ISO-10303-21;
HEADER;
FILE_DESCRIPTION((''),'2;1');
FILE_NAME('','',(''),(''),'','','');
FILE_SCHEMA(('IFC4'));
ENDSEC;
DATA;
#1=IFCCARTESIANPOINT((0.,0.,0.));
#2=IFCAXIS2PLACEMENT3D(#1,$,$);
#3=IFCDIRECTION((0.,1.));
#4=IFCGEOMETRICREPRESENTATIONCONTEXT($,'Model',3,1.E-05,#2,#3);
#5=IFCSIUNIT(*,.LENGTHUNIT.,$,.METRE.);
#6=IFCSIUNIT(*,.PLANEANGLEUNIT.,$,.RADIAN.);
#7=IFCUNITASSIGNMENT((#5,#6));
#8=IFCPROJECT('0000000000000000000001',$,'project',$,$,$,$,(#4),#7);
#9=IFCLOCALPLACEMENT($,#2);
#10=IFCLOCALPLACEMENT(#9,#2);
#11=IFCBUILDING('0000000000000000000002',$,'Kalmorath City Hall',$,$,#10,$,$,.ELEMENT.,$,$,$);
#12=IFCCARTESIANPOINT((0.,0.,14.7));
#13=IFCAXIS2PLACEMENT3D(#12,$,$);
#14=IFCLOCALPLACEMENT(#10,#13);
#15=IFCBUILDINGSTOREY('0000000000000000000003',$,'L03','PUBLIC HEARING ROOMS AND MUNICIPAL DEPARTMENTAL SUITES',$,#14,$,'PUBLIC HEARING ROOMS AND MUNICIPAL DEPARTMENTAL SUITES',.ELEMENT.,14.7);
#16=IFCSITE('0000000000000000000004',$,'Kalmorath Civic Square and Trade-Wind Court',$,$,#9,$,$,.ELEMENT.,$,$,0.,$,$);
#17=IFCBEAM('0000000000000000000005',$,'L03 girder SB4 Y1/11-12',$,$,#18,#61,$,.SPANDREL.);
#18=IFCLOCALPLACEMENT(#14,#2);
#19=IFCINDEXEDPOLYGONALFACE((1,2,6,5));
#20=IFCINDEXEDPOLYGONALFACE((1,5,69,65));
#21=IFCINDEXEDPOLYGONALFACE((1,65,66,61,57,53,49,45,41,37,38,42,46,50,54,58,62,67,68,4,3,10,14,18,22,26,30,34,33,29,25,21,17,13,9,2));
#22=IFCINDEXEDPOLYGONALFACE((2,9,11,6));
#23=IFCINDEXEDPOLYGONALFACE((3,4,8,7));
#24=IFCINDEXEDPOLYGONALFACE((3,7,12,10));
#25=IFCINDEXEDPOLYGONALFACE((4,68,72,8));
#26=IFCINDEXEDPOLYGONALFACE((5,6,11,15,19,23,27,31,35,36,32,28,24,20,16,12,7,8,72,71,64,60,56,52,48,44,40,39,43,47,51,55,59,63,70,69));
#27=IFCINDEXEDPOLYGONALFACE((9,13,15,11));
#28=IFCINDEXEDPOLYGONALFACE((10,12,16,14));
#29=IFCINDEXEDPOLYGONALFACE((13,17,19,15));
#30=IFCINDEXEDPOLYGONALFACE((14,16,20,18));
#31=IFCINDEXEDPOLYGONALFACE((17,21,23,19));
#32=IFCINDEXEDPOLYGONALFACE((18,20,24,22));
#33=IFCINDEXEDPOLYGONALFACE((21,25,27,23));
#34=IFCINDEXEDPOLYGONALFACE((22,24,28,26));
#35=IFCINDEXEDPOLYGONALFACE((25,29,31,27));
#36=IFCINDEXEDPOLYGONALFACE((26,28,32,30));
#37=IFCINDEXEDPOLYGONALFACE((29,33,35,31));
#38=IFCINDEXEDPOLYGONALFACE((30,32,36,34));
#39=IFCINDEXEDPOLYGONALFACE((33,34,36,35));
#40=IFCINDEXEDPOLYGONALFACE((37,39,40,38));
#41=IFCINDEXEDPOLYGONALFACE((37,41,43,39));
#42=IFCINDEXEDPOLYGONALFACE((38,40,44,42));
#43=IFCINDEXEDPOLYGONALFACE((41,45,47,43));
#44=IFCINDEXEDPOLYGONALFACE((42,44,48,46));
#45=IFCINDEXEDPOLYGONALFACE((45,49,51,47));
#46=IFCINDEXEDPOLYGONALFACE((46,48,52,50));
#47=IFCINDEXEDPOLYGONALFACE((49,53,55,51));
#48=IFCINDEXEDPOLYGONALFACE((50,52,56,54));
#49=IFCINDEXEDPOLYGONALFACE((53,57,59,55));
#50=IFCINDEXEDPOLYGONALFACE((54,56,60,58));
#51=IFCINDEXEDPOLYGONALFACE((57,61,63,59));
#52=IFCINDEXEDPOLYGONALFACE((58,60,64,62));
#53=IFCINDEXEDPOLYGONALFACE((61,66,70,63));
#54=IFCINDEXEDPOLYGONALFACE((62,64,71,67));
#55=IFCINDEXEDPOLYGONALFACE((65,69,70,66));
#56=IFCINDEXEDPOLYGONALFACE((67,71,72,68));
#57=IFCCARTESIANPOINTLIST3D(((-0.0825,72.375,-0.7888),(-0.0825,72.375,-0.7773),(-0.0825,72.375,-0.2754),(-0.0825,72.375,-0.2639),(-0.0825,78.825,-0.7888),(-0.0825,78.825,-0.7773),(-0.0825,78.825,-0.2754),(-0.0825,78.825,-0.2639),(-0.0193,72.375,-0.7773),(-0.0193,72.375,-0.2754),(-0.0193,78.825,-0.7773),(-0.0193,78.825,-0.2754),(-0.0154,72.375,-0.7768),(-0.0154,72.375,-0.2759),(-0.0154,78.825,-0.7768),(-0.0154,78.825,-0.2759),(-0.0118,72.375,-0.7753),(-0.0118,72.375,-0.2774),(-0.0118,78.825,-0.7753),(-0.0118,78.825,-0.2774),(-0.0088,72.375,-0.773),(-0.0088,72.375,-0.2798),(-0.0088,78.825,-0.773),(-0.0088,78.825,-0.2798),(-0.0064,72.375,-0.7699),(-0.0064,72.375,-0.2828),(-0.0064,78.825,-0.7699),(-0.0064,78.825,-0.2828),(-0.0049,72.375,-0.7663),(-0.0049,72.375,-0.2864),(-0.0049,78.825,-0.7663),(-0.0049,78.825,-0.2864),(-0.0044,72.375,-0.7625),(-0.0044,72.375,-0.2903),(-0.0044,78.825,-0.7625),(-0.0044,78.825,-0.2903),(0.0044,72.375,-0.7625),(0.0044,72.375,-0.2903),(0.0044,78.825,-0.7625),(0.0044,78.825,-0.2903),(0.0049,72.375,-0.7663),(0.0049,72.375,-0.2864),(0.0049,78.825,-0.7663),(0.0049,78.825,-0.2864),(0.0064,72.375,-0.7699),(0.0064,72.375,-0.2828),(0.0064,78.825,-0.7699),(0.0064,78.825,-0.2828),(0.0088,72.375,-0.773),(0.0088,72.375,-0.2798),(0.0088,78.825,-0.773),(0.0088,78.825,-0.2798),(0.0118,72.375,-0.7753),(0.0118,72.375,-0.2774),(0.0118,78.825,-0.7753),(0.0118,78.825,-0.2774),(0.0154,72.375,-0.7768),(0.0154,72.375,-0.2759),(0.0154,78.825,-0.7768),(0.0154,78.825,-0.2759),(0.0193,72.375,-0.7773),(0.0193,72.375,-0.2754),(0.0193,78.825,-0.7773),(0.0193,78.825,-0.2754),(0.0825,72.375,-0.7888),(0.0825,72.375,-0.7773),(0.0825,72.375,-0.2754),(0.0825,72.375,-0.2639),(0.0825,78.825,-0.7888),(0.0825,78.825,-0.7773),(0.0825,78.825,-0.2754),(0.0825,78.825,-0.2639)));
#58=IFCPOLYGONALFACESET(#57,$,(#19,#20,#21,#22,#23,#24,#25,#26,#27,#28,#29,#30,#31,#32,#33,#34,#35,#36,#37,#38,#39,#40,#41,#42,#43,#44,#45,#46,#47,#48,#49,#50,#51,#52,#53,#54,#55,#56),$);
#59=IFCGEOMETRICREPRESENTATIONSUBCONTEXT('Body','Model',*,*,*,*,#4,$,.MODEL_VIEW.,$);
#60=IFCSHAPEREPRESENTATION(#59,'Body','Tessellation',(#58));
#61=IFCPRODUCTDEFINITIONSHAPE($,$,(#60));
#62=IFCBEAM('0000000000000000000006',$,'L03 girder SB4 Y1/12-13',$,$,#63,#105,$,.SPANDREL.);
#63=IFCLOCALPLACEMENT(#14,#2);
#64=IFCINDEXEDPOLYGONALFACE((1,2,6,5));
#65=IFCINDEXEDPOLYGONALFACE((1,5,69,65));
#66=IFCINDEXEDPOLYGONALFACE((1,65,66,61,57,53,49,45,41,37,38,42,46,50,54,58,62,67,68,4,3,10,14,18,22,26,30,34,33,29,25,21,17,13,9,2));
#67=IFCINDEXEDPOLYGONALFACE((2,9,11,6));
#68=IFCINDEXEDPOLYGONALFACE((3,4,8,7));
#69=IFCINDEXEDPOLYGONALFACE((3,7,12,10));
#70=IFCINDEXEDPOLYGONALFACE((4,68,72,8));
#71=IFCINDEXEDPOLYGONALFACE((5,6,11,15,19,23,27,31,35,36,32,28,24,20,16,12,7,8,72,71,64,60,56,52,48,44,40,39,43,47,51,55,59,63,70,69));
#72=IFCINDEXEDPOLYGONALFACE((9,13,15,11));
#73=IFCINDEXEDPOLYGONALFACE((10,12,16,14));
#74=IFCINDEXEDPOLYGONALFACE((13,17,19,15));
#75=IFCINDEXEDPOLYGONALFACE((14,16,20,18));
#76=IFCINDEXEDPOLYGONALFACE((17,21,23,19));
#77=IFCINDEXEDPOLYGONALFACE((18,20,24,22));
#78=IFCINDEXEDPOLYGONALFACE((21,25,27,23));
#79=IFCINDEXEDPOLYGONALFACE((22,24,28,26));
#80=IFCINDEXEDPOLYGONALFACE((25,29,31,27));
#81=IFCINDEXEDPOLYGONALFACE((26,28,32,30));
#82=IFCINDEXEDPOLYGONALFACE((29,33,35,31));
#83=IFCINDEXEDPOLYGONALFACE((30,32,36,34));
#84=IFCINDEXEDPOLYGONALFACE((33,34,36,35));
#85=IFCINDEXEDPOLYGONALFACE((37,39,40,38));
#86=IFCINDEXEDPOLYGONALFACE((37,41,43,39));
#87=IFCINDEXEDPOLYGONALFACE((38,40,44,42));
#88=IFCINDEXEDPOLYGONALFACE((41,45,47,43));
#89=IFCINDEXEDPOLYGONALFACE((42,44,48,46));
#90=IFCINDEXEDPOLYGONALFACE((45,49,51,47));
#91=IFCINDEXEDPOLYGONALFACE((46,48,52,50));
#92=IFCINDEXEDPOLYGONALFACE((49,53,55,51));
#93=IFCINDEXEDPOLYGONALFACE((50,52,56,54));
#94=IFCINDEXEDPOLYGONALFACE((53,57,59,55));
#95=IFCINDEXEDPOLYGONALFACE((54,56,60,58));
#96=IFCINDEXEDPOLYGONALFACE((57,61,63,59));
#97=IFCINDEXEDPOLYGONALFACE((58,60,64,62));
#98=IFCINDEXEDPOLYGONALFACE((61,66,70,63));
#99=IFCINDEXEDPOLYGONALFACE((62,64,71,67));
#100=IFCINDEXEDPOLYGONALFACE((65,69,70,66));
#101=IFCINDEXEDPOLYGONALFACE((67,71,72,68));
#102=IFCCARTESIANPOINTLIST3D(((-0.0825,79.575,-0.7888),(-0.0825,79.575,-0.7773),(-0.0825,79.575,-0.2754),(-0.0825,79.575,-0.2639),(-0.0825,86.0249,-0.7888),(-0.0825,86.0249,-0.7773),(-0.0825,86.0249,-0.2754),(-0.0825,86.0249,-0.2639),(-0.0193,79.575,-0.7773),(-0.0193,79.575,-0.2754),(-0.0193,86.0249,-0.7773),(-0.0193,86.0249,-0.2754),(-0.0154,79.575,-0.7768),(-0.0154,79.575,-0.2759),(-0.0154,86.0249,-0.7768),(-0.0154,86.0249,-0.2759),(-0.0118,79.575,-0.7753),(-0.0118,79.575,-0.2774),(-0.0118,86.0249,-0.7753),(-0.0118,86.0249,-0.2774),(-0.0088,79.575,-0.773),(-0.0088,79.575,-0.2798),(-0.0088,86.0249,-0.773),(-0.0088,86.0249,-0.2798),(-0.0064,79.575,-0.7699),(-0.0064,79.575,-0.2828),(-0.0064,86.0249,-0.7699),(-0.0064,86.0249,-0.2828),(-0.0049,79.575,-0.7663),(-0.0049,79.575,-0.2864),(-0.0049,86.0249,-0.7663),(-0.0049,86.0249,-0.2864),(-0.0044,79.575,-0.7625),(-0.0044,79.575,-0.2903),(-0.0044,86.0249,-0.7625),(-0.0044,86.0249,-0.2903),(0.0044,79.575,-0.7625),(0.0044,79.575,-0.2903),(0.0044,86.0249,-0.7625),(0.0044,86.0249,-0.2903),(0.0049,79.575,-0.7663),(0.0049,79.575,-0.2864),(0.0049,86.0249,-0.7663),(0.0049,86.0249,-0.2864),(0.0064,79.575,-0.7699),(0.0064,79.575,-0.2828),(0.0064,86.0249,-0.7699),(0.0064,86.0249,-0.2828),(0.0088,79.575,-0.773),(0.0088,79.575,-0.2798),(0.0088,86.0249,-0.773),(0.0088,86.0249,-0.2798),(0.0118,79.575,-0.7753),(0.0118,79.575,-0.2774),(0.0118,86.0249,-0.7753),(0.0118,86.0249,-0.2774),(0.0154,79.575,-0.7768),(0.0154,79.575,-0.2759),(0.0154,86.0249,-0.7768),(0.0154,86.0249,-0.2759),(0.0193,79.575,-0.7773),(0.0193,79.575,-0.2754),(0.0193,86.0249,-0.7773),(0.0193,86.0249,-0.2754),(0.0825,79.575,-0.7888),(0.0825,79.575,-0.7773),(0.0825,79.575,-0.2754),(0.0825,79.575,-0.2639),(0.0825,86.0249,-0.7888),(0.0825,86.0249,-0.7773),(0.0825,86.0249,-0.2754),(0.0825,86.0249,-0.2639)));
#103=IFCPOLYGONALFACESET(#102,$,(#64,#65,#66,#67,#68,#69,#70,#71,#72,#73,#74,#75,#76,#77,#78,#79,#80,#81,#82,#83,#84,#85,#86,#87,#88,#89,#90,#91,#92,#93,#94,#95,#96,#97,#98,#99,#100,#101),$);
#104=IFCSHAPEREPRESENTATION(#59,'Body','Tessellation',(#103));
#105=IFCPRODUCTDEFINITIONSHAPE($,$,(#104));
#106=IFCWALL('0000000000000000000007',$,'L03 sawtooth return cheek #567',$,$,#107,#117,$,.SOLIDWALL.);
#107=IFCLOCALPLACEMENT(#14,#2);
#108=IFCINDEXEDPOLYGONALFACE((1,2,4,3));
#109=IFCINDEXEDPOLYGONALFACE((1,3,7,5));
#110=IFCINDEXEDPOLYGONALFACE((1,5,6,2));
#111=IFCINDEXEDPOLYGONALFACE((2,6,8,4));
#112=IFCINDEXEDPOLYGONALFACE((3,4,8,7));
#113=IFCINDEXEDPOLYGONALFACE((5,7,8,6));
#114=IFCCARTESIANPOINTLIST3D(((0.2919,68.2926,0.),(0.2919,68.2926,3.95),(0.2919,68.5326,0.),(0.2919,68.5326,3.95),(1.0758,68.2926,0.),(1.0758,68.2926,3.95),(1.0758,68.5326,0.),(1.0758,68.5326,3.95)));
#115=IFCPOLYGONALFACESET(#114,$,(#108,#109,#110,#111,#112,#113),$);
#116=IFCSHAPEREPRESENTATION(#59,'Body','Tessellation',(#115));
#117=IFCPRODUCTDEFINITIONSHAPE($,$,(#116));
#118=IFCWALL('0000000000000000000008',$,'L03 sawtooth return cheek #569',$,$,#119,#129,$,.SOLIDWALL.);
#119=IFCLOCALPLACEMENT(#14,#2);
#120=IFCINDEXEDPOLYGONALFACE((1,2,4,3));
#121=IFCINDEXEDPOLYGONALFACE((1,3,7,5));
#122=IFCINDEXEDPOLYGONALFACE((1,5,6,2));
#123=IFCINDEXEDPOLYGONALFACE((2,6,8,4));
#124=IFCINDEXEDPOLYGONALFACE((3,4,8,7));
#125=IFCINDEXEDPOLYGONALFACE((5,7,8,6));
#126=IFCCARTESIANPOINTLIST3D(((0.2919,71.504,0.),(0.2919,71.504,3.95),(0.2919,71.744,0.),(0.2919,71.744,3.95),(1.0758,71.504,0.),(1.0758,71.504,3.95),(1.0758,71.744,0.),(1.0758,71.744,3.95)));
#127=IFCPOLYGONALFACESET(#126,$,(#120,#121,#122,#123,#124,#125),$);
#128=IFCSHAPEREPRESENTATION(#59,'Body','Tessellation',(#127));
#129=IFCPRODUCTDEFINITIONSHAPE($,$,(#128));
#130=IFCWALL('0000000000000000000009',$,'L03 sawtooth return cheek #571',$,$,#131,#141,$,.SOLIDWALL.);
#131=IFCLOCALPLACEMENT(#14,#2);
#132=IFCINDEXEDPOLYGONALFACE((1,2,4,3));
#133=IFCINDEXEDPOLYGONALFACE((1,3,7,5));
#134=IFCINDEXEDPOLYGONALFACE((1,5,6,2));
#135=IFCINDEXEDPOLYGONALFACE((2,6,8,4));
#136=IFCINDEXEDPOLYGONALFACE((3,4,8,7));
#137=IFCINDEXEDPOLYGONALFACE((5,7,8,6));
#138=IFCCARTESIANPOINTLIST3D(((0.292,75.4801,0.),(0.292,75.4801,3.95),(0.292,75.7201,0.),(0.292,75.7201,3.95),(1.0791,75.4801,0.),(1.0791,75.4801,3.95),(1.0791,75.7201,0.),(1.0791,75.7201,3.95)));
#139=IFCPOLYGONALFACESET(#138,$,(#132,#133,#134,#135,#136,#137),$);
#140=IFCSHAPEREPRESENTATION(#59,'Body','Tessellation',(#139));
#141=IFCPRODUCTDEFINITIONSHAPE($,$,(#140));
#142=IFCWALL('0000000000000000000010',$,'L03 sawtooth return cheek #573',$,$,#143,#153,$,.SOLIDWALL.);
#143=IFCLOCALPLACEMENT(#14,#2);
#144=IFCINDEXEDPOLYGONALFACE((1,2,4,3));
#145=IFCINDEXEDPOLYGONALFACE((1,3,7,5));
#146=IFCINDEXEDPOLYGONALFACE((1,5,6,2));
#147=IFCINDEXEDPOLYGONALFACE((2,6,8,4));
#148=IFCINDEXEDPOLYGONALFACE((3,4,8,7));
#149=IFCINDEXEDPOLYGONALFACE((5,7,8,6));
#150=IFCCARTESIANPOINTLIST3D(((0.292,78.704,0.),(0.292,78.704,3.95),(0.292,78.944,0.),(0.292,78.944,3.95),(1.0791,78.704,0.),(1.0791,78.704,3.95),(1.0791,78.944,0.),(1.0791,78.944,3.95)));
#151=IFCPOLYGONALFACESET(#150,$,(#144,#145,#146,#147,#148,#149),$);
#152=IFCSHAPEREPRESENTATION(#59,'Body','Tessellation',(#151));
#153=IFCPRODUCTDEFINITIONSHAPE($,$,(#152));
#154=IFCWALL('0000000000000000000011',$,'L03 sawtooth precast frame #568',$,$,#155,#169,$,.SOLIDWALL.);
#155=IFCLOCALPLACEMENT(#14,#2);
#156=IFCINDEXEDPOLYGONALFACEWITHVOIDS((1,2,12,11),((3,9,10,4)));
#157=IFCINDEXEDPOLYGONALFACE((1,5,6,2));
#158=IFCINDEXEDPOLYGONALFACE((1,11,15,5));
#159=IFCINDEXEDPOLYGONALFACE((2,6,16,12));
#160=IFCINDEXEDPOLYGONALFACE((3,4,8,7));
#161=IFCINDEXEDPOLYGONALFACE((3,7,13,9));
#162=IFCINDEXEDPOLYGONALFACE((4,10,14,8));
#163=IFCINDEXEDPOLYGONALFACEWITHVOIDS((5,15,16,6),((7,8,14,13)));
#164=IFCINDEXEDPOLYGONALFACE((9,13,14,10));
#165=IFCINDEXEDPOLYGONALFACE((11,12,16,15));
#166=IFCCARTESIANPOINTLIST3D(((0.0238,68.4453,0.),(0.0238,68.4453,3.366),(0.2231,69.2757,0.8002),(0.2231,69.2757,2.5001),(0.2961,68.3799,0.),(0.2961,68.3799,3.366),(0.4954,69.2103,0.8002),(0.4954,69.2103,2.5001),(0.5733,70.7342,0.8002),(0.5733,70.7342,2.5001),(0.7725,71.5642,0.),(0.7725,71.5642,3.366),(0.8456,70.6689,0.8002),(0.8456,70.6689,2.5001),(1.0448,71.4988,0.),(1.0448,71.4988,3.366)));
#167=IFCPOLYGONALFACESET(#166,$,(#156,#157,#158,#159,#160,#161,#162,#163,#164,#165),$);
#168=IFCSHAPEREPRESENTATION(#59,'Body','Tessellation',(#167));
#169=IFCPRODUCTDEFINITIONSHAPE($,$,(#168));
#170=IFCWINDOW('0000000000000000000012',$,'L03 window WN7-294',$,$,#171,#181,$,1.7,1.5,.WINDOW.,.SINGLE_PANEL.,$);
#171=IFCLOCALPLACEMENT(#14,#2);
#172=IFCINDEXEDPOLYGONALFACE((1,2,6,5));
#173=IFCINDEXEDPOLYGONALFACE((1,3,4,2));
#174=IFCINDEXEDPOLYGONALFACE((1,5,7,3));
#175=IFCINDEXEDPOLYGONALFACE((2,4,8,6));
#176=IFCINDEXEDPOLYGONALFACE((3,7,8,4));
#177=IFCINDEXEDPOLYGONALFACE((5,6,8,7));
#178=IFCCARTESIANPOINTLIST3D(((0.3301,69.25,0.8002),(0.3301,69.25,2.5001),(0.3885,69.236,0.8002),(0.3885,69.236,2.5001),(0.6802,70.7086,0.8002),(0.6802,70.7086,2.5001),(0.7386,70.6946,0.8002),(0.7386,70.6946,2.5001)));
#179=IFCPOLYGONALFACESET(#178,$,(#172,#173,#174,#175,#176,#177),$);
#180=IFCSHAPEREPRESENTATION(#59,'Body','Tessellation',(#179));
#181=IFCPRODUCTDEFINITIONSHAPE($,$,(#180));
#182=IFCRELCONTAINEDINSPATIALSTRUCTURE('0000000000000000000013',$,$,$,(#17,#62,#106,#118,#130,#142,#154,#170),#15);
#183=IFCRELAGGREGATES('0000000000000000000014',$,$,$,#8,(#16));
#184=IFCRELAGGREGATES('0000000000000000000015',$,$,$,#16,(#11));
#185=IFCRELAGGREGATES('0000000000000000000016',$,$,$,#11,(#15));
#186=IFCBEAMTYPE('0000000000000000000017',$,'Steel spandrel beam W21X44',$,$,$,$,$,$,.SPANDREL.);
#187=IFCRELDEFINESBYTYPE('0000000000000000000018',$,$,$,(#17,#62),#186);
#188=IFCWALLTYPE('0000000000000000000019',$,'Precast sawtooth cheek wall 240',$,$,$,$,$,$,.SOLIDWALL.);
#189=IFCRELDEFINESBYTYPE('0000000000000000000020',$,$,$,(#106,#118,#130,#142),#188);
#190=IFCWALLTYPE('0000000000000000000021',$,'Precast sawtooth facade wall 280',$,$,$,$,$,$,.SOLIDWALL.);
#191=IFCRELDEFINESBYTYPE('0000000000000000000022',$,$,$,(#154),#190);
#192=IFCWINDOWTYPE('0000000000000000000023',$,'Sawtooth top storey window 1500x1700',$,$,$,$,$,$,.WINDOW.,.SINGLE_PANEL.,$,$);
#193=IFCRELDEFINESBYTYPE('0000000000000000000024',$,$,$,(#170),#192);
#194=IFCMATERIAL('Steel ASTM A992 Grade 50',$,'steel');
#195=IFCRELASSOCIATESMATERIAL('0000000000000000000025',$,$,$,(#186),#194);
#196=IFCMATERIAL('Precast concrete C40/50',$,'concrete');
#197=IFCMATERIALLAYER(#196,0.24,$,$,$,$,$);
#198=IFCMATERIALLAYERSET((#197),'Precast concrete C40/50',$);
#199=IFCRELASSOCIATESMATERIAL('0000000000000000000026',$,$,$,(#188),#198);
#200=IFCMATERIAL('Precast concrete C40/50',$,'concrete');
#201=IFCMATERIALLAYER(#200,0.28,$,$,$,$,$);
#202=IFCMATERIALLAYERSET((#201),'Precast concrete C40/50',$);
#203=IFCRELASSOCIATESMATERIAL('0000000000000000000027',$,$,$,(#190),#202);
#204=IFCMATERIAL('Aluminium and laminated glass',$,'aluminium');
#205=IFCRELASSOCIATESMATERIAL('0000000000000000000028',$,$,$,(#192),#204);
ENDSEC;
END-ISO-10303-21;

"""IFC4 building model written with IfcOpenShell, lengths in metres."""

from ifc_helpers import new_model, si_unit, direction, frame, frame_2d, origin, origin_2d, place, context, subcontext, project, spatial, rectangle, i_section, extrude, material, layer, layer_set, material_profile, profile_set, type_object, element, fill, save


model = new_model("IFC4")

# Units and contexts
model_context = context("Model", 3, precision=1e-05, world=origin(), true_north=direction((0.0, 1.0)))
body_context = subcontext(model_context, "Body", "Model", "MODEL_VIEW")
ifc_project = project(units=[si_unit("LENGTHUNIT", "METRE"), si_unit("PLANEANGLEUNIT", "RADIAN")], contexts=[model_context])

# Site, building, storey
site_placement = place(None, origin())
site = spatial("IfcSite", under=ifc_project, at=site_placement, Name="Kalmorath Civic Square and Trade-Wind Court", CompositionType="ELEMENT", RefElevation=0.0)
building_placement = place(site_placement, origin())
building = spatial("IfcBuilding", under=site, at=building_placement, Name="Kalmorath City Hall", CompositionType="ELEMENT")
storey_placement = place(building_placement, frame((0.0, 0.0, 14.7)))
storey = spatial("IfcBuildingStorey", under=building, at=storey_placement, Name="L03", Description="PUBLIC HEARING ROOMS AND MUNICIPAL DEPARTMENTAL SUITES", LongName="PUBLIC HEARING ROOMS AND MUNICIPAL DEPARTMENTAL SUITES", CompositionType="ELEMENT", Elevation=14.7)

# Beams
ifc_material_1 = material(Name="Steel ASTM A992 Grade 50", Category="steel")
ifc_material_profile_1 = material_profile(ifc_material_1, i_section(OverallWidth=0.165, OverallDepth=0.5249, WebThickness=0.0088, FlangeThickness=0.0115, FilletRadius=0.0149, at=origin_2d()), Name="W21X44")
ifc_profile_set_1 = profile_set([ifc_material_profile_1], Name="Steel ASTM A992 Grade 50")
beam_type_1 = type_object("IfcBeamType", Name="Steel spandrel beam W21X44", PredefinedType="SPANDREL", material=ifc_profile_set_1)
for number, where, z_axis, x_axis, name in (
    (1, (0.0, 72.375, -0.5264), (0.0, 1.0, 0.0), (-1.0, 0.0, 0.0), "L03 girder SB4 Y1/11-12"),
    (2, (0.0, 79.575, -0.5264), (0.0, 1.0, 0.0), (-1.0, 0.0, 0.0), "L03 girder SB4 Y1/12-13"),
):
    element("IfcBeam", number, at=place(storey_placement, frame(where, z_axis=z_axis, x_axis=x_axis)), inside=storey, type_object=beam_type_1, Name=name, PredefinedType="SPANDREL", context=body_context, shape_type="SweptSolid", body=[
        extrude(i_section(OverallWidth=0.165, OverallDepth=0.5249, WebThickness=0.0088, FlangeThickness=0.0115, FilletRadius=0.0149, at=origin_2d()), origin(), (0.0, 0.0, 1.0), 6.45),
    ])

# Walls
ifc_material_2 = material(Name="Precast concrete C40/50", Category="concrete")
ifc_layer_1 = layer(ifc_material_2, 0.24)
ifc_layer_set_1 = layer_set([ifc_layer_1], Name="Precast concrete C40/50")
wall_type_1 = type_object("IfcWallType", Name="Precast sawtooth cheek wall 240", PredefinedType="SOLIDWALL", material=ifc_layer_set_1)
for number, where, z_axis, x_axis, name in (
    (3, (1.0759, 68.4126, 0.0), (0.0, 0.0, 1.0), (-1.0, 0.0, 0.0), "L03 sawtooth return cheek #567"),
    (4, (1.0759, 71.624, 0.0), (0.0, 0.0, 1.0), (-1.0, 0.0, 0.0), "L03 sawtooth return cheek #569"),
):
    element("IfcWall", number, at=place(storey_placement, frame(where, z_axis=z_axis, x_axis=x_axis)), inside=storey, type_object=wall_type_1, Name=name, PredefinedType="SOLIDWALL", context=body_context, shape_type="SweptSolid", body=[
        extrude(rectangle(XDim=0.7839, YDim=0.24, at=frame_2d((0.3921, 0.0))), origin(), (0.0, 0.0, 1.0), 3.95),
    ])
for number, where, z_axis, x_axis, name in (
    (5, (1.0791, 75.6001, 0.0), (0.0, 0.0, 1.0), (-1.0, 0.0, 0.0), "L03 sawtooth return cheek #571"),
    (6, (1.0791, 78.824, 0.0), (0.0, 0.0, 1.0), (-1.0, 0.0, 0.0), "L03 sawtooth return cheek #573"),
):
    element("IfcWall", number, at=place(storey_placement, frame(where, z_axis=z_axis, x_axis=x_axis)), inside=storey, type_object=wall_type_1, Name=name, PredefinedType="SOLIDWALL", context=body_context, shape_type="SweptSolid", body=[
        extrude(rectangle(XDim=0.7871, YDim=0.24, at=frame_2d((0.3936, 0.0))), origin(), (0.0, 0.0, 1.0), 3.95),
    ])

# Wall, opening, window
ifc_material_3 = material(Name="Precast concrete C40/50", Category="concrete")
ifc_layer_2 = layer(ifc_material_3, 0.28)
ifc_layer_set_2 = layer_set([ifc_layer_2], Name="Precast concrete C40/50")
wall_type_2 = type_object("IfcWallType", Name="Precast sawtooth facade wall 280", PredefinedType="SOLIDWALL", material=ifc_layer_set_2)
wall_1_placement = place(storey_placement, frame((0.1599, 68.4126, 0.0), z_axis=(0.0, 0.0, 1.0), x_axis=(0.233445, 0.97237, 0.0)))
wall_1 = element("IfcWall", 7, at=wall_1_placement, inside=storey, type_object=wall_type_2, Name="L03 sawtooth precast frame #568", PredefinedType="SOLIDWALL", context=body_context, shape_type="SweptSolid", body=[
    extrude(rectangle(XDim=3.2075, YDim=0.28, at=frame_2d((1.6038, 0.0))), origin(), (0.0, 0.0, 1.0), 3.366),
])
opening_1_placement = place(wall_1_placement, frame((0.854, 0.0, 0.8)))
opening_1 = element("IfcOpeningElement", 8, at=opening_1_placement, cuts=wall_1, PredefinedType="OPENING", context=body_context, shape_type="SweptSolid", body=[
    extrude(rectangle(XDim=1.5, YDim=1.7, at=frame_2d((0.75, 0.8501))), frame((0.0, 0.1499, 0.0), z_axis=(0.0, -1.0, 0.0), x_axis=(1.0, 0.0, 0.0)), (0.0, 0.0, 1.0), 0.3),
])
ifc_material_4 = material(Name="Aluminium and laminated glass", Category="aluminium")
window_type = type_object("IfcWindowType", Name="Sawtooth top storey window 1500x1700", PartitioningType="SINGLE_PANEL", PredefinedType="WINDOW", material=ifc_material_4)
window_1_placement = place(opening_1_placement, origin())
window_1 = element("IfcWindow", 9, at=window_1_placement, inside=storey, type_object=window_type, Name="L03 window WN7-294", OverallHeight=1.7, OverallWidth=1.5, PartitioningType="SINGLE_PANEL", PredefinedType="WINDOW", context=body_context, shape_type="SweptSolid", body=[
    extrude(rectangle(XDim=1.5, YDim=1.7, at=frame_2d((0.75, 0.8501))), frame((0.0, 0.03, 0.0), z_axis=(0.0, -1.0, 0.0), x_axis=(1.0, 0.0, 0.0)), (0.0, 0.0, 1.0), 0.0601),
])
fill(opening_1, window_1)

save(model, "model.ifc")
